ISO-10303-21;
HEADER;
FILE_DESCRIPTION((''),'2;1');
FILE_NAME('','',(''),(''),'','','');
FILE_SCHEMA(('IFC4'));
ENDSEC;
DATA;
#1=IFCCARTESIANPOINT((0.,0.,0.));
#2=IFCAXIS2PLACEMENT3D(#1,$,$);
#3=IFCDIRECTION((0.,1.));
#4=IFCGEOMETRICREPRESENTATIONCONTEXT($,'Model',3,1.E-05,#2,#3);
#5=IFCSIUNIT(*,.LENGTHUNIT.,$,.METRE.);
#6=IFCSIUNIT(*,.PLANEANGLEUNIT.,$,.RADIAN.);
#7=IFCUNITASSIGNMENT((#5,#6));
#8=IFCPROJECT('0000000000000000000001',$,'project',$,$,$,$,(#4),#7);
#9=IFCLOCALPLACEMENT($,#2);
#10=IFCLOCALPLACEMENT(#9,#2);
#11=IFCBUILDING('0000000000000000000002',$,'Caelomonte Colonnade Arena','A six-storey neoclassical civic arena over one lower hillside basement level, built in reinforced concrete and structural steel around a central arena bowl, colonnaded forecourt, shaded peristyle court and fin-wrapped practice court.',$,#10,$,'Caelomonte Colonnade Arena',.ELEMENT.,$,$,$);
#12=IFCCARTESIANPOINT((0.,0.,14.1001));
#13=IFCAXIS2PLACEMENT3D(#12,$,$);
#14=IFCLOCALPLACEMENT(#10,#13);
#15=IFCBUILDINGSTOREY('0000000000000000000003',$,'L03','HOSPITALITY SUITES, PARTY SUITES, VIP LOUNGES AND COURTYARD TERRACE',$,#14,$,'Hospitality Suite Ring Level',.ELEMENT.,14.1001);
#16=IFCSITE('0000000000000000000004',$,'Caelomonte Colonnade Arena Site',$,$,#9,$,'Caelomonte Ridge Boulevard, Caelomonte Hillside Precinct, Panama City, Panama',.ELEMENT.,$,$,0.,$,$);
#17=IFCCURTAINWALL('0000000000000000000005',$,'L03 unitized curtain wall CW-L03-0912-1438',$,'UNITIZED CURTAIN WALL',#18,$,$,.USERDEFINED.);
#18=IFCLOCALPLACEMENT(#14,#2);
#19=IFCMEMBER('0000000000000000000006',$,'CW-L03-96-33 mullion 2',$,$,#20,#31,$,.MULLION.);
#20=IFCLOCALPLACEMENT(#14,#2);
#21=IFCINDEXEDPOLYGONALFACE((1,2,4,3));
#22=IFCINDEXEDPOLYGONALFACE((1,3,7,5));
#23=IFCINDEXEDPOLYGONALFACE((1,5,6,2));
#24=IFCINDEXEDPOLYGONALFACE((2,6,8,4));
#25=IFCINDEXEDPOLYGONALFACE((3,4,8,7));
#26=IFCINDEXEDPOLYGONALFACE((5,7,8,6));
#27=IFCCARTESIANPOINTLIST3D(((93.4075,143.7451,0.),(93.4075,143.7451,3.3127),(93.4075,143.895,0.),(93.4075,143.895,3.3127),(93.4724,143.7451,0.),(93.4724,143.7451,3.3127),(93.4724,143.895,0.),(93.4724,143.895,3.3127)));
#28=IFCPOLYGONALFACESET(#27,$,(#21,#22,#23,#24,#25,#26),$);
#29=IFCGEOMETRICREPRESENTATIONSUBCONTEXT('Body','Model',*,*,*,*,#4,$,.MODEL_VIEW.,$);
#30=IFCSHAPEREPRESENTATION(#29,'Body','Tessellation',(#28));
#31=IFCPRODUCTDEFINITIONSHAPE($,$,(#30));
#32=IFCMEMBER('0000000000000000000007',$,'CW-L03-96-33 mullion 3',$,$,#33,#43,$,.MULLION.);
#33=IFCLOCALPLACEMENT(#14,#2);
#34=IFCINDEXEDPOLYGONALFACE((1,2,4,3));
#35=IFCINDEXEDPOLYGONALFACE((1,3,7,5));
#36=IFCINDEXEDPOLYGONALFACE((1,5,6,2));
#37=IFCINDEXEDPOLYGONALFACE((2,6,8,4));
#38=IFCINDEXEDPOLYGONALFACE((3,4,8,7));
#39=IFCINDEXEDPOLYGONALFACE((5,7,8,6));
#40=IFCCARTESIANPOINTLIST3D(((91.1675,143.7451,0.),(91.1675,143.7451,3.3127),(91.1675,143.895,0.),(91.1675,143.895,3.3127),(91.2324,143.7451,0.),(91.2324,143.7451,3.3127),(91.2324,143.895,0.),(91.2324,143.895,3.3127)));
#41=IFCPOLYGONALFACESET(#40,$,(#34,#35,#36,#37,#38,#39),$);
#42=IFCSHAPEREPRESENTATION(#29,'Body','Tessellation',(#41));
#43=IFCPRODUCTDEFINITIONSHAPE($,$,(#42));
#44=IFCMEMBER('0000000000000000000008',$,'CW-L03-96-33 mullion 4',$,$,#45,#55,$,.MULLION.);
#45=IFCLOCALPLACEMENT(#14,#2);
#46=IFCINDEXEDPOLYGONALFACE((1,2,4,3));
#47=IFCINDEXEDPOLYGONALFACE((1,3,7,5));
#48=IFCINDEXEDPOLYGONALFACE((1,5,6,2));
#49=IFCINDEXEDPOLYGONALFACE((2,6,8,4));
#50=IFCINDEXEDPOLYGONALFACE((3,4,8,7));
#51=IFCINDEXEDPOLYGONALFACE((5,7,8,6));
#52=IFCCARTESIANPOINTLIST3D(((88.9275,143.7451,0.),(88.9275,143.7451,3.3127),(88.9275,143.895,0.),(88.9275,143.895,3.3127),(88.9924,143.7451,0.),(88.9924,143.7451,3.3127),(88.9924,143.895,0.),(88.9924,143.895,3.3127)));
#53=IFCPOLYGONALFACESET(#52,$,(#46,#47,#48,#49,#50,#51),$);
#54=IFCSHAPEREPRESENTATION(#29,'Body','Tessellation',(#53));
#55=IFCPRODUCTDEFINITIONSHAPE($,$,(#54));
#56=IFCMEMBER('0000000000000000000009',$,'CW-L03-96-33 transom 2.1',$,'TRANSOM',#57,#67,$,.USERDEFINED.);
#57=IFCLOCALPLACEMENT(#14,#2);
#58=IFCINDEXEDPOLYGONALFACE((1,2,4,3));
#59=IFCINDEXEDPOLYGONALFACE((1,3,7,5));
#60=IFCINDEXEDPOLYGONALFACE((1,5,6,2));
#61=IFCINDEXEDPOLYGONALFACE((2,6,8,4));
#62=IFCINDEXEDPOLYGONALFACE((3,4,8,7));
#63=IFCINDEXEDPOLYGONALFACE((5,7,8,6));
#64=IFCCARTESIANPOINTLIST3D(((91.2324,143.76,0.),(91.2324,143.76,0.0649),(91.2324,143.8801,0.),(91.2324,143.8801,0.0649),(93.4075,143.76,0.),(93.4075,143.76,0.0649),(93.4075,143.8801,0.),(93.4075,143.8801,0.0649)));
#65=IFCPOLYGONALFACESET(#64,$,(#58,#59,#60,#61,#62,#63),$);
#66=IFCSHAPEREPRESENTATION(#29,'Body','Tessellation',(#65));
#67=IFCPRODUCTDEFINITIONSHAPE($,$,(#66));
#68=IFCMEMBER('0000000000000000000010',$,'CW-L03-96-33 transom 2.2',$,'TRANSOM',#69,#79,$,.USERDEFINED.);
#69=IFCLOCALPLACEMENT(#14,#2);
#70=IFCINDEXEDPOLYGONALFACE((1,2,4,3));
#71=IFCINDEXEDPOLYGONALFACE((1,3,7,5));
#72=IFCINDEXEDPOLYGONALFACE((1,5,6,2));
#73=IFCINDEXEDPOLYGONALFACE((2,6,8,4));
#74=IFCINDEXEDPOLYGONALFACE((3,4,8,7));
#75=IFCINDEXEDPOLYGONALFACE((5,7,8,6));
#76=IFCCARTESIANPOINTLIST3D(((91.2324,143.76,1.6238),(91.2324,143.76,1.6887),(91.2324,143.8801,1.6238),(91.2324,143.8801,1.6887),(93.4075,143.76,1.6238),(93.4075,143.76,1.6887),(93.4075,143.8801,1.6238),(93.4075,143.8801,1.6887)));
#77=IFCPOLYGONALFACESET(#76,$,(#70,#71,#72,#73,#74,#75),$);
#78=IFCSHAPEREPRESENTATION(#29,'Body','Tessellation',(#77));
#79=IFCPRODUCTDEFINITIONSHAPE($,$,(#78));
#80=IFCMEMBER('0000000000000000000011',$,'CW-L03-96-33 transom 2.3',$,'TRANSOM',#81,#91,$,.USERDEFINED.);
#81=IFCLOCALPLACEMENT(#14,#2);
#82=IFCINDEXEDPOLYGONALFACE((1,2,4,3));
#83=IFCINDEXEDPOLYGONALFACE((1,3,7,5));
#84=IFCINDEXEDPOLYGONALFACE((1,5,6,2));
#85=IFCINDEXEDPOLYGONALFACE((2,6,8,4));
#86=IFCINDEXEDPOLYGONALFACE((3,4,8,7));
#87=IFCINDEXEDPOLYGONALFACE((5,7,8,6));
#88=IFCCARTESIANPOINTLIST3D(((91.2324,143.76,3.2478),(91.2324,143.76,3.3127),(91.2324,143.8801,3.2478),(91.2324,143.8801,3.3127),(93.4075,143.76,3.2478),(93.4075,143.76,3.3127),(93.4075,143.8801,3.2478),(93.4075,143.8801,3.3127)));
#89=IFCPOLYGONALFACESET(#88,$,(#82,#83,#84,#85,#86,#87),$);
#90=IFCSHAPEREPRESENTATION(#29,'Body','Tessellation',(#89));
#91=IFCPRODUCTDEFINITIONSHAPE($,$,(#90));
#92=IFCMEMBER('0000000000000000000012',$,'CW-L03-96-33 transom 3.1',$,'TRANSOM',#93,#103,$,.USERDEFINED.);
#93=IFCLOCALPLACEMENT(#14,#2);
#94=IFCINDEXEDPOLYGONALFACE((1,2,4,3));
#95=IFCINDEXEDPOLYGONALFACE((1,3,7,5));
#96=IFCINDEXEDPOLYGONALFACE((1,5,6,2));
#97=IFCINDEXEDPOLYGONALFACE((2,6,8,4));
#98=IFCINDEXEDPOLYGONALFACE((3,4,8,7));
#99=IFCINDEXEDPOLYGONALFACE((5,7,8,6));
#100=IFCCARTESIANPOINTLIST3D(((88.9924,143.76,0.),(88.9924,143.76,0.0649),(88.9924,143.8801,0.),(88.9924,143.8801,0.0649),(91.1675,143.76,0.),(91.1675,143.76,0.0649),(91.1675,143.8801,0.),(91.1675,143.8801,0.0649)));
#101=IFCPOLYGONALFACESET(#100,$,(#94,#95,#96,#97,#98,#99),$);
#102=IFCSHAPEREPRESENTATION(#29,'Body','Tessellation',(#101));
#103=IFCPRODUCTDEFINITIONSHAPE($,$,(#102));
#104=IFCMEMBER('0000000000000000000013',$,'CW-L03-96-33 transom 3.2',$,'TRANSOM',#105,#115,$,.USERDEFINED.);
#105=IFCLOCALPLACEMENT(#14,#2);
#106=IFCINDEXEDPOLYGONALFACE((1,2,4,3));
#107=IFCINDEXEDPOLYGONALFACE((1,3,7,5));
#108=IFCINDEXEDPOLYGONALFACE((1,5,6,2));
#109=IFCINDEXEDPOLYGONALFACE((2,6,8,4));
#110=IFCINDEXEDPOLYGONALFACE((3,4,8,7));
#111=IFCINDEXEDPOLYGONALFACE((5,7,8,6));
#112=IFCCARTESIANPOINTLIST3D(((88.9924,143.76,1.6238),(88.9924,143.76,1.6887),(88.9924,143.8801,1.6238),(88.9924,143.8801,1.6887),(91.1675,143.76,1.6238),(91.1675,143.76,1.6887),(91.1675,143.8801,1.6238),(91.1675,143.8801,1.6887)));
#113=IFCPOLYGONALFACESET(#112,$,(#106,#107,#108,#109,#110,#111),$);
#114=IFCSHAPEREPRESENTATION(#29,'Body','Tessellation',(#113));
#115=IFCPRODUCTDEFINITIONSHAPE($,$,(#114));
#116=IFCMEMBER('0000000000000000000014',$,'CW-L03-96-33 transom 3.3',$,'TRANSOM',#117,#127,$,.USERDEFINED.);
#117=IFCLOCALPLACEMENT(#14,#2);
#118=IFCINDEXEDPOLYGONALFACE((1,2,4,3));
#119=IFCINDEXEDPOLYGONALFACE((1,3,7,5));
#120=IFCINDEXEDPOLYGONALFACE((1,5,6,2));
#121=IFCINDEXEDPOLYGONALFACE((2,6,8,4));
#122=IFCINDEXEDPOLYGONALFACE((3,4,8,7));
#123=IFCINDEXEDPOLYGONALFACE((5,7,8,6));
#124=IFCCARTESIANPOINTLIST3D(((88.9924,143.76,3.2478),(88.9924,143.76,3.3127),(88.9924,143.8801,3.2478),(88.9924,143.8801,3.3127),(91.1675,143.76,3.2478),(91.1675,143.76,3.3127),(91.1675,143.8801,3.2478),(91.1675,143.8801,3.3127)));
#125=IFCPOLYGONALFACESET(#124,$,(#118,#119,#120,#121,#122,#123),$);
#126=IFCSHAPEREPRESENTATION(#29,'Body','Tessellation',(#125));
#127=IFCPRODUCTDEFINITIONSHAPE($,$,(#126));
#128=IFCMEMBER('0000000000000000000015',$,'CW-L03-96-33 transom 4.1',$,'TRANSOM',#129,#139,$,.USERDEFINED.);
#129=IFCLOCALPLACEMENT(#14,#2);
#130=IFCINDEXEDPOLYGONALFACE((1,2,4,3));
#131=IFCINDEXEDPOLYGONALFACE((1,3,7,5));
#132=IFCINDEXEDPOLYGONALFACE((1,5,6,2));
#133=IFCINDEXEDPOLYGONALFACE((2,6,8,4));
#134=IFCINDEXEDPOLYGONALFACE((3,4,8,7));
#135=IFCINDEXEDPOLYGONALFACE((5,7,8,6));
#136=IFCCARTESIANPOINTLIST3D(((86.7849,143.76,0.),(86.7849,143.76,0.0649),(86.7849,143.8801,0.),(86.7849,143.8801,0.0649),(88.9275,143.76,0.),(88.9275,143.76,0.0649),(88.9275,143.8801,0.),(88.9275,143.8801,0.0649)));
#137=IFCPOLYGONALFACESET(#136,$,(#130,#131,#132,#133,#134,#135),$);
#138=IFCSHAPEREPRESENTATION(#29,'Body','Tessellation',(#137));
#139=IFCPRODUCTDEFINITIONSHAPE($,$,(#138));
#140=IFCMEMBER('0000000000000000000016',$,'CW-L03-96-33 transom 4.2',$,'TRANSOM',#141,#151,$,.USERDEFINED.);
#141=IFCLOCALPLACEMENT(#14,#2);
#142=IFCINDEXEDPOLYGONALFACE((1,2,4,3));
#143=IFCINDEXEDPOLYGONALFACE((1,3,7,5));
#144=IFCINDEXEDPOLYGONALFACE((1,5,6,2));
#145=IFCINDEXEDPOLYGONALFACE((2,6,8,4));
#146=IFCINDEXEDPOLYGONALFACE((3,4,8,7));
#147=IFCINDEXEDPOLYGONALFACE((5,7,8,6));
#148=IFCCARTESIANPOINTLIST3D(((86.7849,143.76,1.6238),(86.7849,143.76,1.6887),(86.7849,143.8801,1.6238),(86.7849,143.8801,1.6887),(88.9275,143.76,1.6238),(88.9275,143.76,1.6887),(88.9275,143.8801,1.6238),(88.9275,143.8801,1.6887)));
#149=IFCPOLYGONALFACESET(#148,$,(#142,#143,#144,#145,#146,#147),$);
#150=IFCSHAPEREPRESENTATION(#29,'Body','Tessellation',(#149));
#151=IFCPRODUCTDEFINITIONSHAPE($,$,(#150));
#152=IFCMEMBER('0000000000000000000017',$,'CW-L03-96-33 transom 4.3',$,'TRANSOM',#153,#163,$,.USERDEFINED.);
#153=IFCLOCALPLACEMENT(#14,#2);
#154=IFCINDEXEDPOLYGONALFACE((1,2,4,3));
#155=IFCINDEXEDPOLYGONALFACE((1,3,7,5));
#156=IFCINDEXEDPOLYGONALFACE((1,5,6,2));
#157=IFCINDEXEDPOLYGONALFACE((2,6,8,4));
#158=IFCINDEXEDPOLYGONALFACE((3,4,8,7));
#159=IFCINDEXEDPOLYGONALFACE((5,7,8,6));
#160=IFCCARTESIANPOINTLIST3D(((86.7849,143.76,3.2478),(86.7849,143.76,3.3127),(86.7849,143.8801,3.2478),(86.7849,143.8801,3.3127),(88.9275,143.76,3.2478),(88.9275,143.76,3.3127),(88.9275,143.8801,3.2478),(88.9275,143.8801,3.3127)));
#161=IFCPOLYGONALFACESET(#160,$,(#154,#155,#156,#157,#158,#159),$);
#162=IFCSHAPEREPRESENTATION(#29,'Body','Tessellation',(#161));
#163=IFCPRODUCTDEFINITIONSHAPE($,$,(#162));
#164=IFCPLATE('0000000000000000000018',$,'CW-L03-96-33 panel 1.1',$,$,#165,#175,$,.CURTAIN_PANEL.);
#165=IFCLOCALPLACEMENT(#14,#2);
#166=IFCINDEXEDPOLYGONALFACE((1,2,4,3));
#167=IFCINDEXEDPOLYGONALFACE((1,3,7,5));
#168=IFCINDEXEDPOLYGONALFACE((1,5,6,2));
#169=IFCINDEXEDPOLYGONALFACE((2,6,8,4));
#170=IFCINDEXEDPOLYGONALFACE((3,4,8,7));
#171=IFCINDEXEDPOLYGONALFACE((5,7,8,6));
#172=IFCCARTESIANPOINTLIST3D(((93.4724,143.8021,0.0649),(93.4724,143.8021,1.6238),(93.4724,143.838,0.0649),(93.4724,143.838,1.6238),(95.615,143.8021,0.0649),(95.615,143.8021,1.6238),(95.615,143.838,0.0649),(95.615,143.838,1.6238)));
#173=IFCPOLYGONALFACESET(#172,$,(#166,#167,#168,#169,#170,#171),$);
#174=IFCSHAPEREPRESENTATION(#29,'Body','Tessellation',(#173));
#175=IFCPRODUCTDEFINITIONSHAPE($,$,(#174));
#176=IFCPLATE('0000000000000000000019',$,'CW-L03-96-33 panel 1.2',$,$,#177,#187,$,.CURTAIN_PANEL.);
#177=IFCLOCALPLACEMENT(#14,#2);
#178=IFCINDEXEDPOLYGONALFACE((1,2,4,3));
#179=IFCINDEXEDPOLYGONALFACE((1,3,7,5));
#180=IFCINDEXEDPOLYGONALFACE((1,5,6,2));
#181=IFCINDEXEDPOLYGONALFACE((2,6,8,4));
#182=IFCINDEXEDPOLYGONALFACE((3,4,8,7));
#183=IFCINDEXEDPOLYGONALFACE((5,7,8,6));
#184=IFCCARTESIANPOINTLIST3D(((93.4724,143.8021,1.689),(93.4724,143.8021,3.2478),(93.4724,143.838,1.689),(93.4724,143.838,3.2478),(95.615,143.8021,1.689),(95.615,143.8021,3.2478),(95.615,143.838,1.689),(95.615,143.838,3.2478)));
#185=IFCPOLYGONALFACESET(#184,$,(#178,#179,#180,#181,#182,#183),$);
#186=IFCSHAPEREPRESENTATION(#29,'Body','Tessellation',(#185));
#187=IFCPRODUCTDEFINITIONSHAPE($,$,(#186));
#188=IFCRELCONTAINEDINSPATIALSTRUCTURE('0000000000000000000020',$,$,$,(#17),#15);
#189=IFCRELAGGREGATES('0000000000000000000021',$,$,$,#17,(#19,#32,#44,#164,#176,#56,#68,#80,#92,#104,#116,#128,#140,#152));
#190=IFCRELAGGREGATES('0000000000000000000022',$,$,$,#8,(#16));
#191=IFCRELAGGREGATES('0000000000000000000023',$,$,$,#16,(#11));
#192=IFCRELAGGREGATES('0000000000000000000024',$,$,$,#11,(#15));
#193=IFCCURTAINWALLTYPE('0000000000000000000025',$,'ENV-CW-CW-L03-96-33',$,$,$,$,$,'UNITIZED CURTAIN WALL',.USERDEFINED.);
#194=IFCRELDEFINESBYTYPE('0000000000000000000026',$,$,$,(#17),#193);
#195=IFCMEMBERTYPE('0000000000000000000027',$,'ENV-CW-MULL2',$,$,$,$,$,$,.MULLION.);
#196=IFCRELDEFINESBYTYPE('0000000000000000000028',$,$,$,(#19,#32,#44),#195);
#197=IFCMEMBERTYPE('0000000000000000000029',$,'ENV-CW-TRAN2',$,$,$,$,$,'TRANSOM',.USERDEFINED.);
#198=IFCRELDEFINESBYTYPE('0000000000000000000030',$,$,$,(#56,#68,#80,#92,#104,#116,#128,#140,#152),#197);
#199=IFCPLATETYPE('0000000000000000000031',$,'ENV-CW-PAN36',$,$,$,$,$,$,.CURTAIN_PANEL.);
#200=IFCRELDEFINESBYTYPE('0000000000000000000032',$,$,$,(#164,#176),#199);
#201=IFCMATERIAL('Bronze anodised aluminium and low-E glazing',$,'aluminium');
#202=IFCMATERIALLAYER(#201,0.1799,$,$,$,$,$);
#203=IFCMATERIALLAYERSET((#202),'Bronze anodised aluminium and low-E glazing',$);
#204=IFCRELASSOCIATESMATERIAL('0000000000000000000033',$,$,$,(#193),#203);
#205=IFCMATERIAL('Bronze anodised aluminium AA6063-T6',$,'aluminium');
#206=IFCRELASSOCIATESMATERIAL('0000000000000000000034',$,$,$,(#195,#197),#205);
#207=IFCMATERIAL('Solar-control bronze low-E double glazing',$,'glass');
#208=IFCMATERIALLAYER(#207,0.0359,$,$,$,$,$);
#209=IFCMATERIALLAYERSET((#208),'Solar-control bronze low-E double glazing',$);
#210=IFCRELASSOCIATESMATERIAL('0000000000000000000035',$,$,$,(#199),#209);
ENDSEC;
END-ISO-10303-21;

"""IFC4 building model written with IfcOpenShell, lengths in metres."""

from ifc_helpers import new_model, si_unit, direction, frame, origin, origin_2d, place, context, subcontext, project, spatial, rectangle, extrude, material, layer, layer_set, material_profile, profile_set, type_object, element, aggregate, save


model = new_model("IFC4")

# Units and contexts
model_context = context("Model", 3, precision=1e-05, world=origin(), true_north=direction((0.0, 1.0)))
body_context = subcontext(model_context, "Body", "Model", "MODEL_VIEW")
ifc_project = project(units=[si_unit("LENGTHUNIT", "METRE"), si_unit("PLANEANGLEUNIT", "RADIAN")], contexts=[model_context])

# Site, building, storey
site_placement = place(None, origin())
site = spatial("IfcSite", under=ifc_project, at=site_placement, Name="Caelomonte Colonnade Arena Site", LongName="Caelomonte Ridge Boulevard, Caelomonte Hillside Precinct, Panama City, Panama", CompositionType="ELEMENT", RefElevation=0.0)
building_placement = place(site_placement, origin())
building = spatial("IfcBuilding", under=site, at=building_placement, Name="Caelomonte Colonnade Arena", Description="A six-storey neoclassical civic arena over one lower hillside basement level, built in reinforced concrete and structural steel around a central arena bowl, colonnaded forecourt, shaded peristyle court and fin-wrapped practice court.", LongName="Caelomonte Colonnade Arena", CompositionType="ELEMENT")
storey_placement = place(building_placement, frame((0.0, 0.0, 14.1001)))
storey = spatial("IfcBuildingStorey", under=building, at=storey_placement, Name="L03", Description="HOSPITALITY SUITES, PARTY SUITES, VIP LOUNGES AND COURTYARD TERRACE", LongName="Hospitality Suite Ring Level", CompositionType="ELEMENT", Elevation=14.1001)

# Curtain wall, members, plates
ifc_material_1 = material(Name="Bronze anodised aluminium and low-E glazing", Category="aluminium")
ifc_layer_1 = layer(ifc_material_1, 0.1799)
ifc_layer_set_1 = layer_set([ifc_layer_1], Name="Bronze anodised aluminium and low-E glazing")
curtain_wall_type = type_object("IfcCurtainWallType", Name="ENV-CW-CW-L03-96-33", ElementType="UNITIZED CURTAIN WALL", PredefinedType="USERDEFINED", material=ifc_layer_set_1)
curtain_wall_placement = place(storey_placement, origin())
curtain_wall = element("IfcCurtainWall", 1, at=curtain_wall_placement, inside=storey, type_object=curtain_wall_type, Name="L03 unitized curtain wall CW-L03-0912-1438", ObjectType="UNITIZED CURTAIN WALL", PredefinedType="USERDEFINED")
ifc_material_2 = material(Name="Bronze anodised aluminium AA6063-T6", Category="aluminium")
ifc_material_profile_1 = material_profile(ifc_material_2, rectangle(XDim=0.0649, YDim=0.1499, at=origin_2d()), Name="CWM-65X150")
ifc_profile_set_1 = profile_set([ifc_material_profile_1], Name="Bronze anodised aluminium AA6063-T6")
member_type_1 = type_object("IfcMemberType", Name="ENV-CW-MULL2", PredefinedType="MULLION", material=ifc_profile_set_1)
member_1_placement = place(storey_placement, frame((93.4399, 143.8201, 0.0), z_axis=(0.0, 0.0, 1.0), x_axis=(-1.0, 0.0, 0.0)))
member_1 = element("IfcMember", 2, at=member_1_placement, type_object=member_type_1, Name="CW-L03-96-33 mullion 2", PredefinedType="MULLION", context=body_context, shape_type="SweptSolid", body=[
    extrude(rectangle(XDim=0.0649, YDim=0.1499, at=origin_2d()), origin(), (0.0, 0.0, 1.0), 3.3127),
])
member_2_placement = place(storey_placement, frame((91.2, 143.8201, 0.0), z_axis=(0.0, 0.0, 1.0), x_axis=(-1.0, 0.0, 0.0)))
member_2 = element("IfcMember", 3, at=member_2_placement, type_object=member_type_1, Name="CW-L03-96-33 mullion 3", PredefinedType="MULLION", context=body_context, shape_type="SweptSolid", body=[
    extrude(rectangle(XDim=0.0649, YDim=0.1499, at=origin_2d()), origin(), (0.0, 0.0, 1.0), 3.3127),
])
member_3_placement = place(storey_placement, frame((88.96, 143.8201, 0.0), z_axis=(0.0, 0.0, 1.0), x_axis=(-1.0, 0.0, 0.0)))
member_3 = element("IfcMember", 4, at=member_3_placement, type_object=member_type_1, Name="CW-L03-96-33 mullion 4", PredefinedType="MULLION", context=body_context, shape_type="SweptSolid", body=[
    extrude(rectangle(XDim=0.0649, YDim=0.1499, at=origin_2d()), origin(), (0.0, 0.0, 1.0), 3.3127),
])
ifc_material_profile_2 = material_profile(ifc_material_2, rectangle(XDim=0.0649, YDim=0.1201, at=origin_2d()), Name="CWT-65X120")
ifc_profile_set_2 = profile_set([ifc_material_profile_2], Name="Bronze anodised aluminium AA6063-T6")
member_type_2 = type_object("IfcMemberType", Name="ENV-CW-TRAN2", ElementType="TRANSOM", PredefinedType="USERDEFINED", material=ifc_profile_set_2)
member_4_placement = place(storey_placement, frame((93.4075, 143.8201, 0.0325), z_axis=(-1.0, 0.0, 0.0), x_axis=(0.0, 0.0, 1.0)))
member_4 = element("IfcMember", 5, at=member_4_placement, type_object=member_type_2, Name="CW-L03-96-33 transom 2.1", ObjectType="TRANSOM", PredefinedType="USERDEFINED", context=body_context, shape_type="SweptSolid", body=[
    extrude(rectangle(XDim=0.0649, YDim=0.1201, at=origin_2d()), origin(), (0.0, 0.0, 1.0), 2.175),
])
member_5_placement = place(storey_placement, frame((93.4075, 143.8201, 1.6562), z_axis=(-1.0, 0.0, 0.0), x_axis=(0.0, 0.0, 1.0)))
member_5 = element("IfcMember", 6, at=member_5_placement, type_object=member_type_2, Name="CW-L03-96-33 transom 2.2", ObjectType="TRANSOM", PredefinedType="USERDEFINED", context=body_context, shape_type="SweptSolid", body=[
    extrude(rectangle(XDim=0.0649, YDim=0.1201, at=origin_2d()), origin(), (0.0, 0.0, 1.0), 2.175),
])
member_6_placement = place(storey_placement, frame((93.4075, 143.8201, 3.2803), z_axis=(-1.0, 0.0, 0.0), x_axis=(0.0, 0.0, 1.0)))
member_6 = element("IfcMember", 7, at=member_6_placement, type_object=member_type_2, Name="CW-L03-96-33 transom 2.3", ObjectType="TRANSOM", PredefinedType="USERDEFINED", context=body_context, shape_type="SweptSolid", body=[
    extrude(rectangle(XDim=0.0649, YDim=0.1201, at=origin_2d()), origin(), (0.0, 0.0, 1.0), 2.175),
])
member_7_placement = place(storey_placement, frame((91.1675, 143.8201, 0.0325), z_axis=(-1.0, 0.0, 0.0), x_axis=(0.0, 0.0, 1.0)))
member_7 = element("IfcMember", 8, at=member_7_placement, type_object=member_type_2, Name="CW-L03-96-33 transom 3.1", ObjectType="TRANSOM", PredefinedType="USERDEFINED", context=body_context, shape_type="SweptSolid", body=[
    extrude(rectangle(XDim=0.0649, YDim=0.1201, at=origin_2d()), origin(), (0.0, 0.0, 1.0), 2.175),
])
member_8_placement = place(storey_placement, frame((91.1675, 143.8201, 1.6562), z_axis=(-1.0, 0.0, 0.0), x_axis=(0.0, 0.0, 1.0)))
member_8 = element("IfcMember", 9, at=member_8_placement, type_object=member_type_2, Name="CW-L03-96-33 transom 3.2", ObjectType="TRANSOM", PredefinedType="USERDEFINED", context=body_context, shape_type="SweptSolid", body=[
    extrude(rectangle(XDim=0.0649, YDim=0.1201, at=origin_2d()), origin(), (0.0, 0.0, 1.0), 2.175),
])
member_9_placement = place(storey_placement, frame((91.1675, 143.8201, 3.2803), z_axis=(-1.0, 0.0, 0.0), x_axis=(0.0, 0.0, 1.0)))
member_9 = element("IfcMember", 10, at=member_9_placement, type_object=member_type_2, Name="CW-L03-96-33 transom 3.3", ObjectType="TRANSOM", PredefinedType="USERDEFINED", context=body_context, shape_type="SweptSolid", body=[
    extrude(rectangle(XDim=0.0649, YDim=0.1201, at=origin_2d()), origin(), (0.0, 0.0, 1.0), 2.175),
])
member_10_placement = place(storey_placement, frame((88.9275, 143.8201, 0.0325), z_axis=(-1.0, 0.0, 0.0), x_axis=(0.0, 0.0, 1.0)))
member_10 = element("IfcMember", 11, at=member_10_placement, type_object=member_type_2, Name="CW-L03-96-33 transom 4.1", ObjectType="TRANSOM", PredefinedType="USERDEFINED", context=body_context, shape_type="SweptSolid", body=[
    extrude(rectangle(XDim=0.0649, YDim=0.1201, at=origin_2d()), origin(), (0.0, 0.0, 1.0), 2.1426),
])
member_11_placement = place(storey_placement, frame((88.9275, 143.8201, 1.6562), z_axis=(-1.0, 0.0, 0.0), x_axis=(0.0, 0.0, 1.0)))
member_11 = element("IfcMember", 12, at=member_11_placement, type_object=member_type_2, Name="CW-L03-96-33 transom 4.2", ObjectType="TRANSOM", PredefinedType="USERDEFINED", context=body_context, shape_type="SweptSolid", body=[
    extrude(rectangle(XDim=0.0649, YDim=0.1201, at=origin_2d()), origin(), (0.0, 0.0, 1.0), 2.1426),
])
member_12_placement = place(storey_placement, frame((88.9275, 143.8201, 3.2803), z_axis=(-1.0, 0.0, 0.0), x_axis=(0.0, 0.0, 1.0)))
member_12 = element("IfcMember", 13, at=member_12_placement, type_object=member_type_2, Name="CW-L03-96-33 transom 4.3", ObjectType="TRANSOM", PredefinedType="USERDEFINED", context=body_context, shape_type="SweptSolid", body=[
    extrude(rectangle(XDim=0.0649, YDim=0.1201, at=origin_2d()), origin(), (0.0, 0.0, 1.0), 2.1426),
])
ifc_material_3 = material(Name="Solar-control bronze low-E double glazing", Category="glass")
ifc_layer_2 = layer(ifc_material_3, 0.0359)
ifc_layer_set_2 = layer_set([ifc_layer_2], Name="Solar-control bronze low-E double glazing")
plate_type = type_object("IfcPlateType", Name="ENV-CW-PAN36", PredefinedType="CURTAIN_PANEL", material=ifc_layer_set_2)
plate_1_placement = place(storey_placement, frame((94.5437, 143.8201, 0.0649), z_axis=(0.0, 0.0, 1.0), x_axis=(-1.0, 0.0, 0.0)))
plate_1 = element("IfcPlate", 14, at=plate_1_placement, type_object=plate_type, Name="CW-L03-96-33 panel 1.1", PredefinedType="CURTAIN_PANEL", context=body_context, shape_type="SweptSolid", body=[
    extrude(rectangle(XDim=2.1426, YDim=0.0359, at=origin_2d()), origin(), (0.0, 0.0, 1.0), 1.5588),
])
plate_2_placement = place(storey_placement, frame((94.5437, 143.8201, 1.689), z_axis=(0.0, 0.0, 1.0), x_axis=(-1.0, 0.0, 0.0)))
plate_2 = element("IfcPlate", 15, at=plate_2_placement, type_object=plate_type, Name="CW-L03-96-33 panel 1.2", PredefinedType="CURTAIN_PANEL", context=body_context, shape_type="SweptSolid", body=[
    extrude(rectangle(XDim=2.1426, YDim=0.0359, at=origin_2d()), origin(), (0.0, 0.0, 1.0), 1.5588),
])
aggregate(curtain_wall, [member_1, member_2, member_3, plate_1, plate_2, member_4, member_5, member_6, member_7, member_8, member_9, member_10, member_11, member_12])

save(model, "model.ifc")
